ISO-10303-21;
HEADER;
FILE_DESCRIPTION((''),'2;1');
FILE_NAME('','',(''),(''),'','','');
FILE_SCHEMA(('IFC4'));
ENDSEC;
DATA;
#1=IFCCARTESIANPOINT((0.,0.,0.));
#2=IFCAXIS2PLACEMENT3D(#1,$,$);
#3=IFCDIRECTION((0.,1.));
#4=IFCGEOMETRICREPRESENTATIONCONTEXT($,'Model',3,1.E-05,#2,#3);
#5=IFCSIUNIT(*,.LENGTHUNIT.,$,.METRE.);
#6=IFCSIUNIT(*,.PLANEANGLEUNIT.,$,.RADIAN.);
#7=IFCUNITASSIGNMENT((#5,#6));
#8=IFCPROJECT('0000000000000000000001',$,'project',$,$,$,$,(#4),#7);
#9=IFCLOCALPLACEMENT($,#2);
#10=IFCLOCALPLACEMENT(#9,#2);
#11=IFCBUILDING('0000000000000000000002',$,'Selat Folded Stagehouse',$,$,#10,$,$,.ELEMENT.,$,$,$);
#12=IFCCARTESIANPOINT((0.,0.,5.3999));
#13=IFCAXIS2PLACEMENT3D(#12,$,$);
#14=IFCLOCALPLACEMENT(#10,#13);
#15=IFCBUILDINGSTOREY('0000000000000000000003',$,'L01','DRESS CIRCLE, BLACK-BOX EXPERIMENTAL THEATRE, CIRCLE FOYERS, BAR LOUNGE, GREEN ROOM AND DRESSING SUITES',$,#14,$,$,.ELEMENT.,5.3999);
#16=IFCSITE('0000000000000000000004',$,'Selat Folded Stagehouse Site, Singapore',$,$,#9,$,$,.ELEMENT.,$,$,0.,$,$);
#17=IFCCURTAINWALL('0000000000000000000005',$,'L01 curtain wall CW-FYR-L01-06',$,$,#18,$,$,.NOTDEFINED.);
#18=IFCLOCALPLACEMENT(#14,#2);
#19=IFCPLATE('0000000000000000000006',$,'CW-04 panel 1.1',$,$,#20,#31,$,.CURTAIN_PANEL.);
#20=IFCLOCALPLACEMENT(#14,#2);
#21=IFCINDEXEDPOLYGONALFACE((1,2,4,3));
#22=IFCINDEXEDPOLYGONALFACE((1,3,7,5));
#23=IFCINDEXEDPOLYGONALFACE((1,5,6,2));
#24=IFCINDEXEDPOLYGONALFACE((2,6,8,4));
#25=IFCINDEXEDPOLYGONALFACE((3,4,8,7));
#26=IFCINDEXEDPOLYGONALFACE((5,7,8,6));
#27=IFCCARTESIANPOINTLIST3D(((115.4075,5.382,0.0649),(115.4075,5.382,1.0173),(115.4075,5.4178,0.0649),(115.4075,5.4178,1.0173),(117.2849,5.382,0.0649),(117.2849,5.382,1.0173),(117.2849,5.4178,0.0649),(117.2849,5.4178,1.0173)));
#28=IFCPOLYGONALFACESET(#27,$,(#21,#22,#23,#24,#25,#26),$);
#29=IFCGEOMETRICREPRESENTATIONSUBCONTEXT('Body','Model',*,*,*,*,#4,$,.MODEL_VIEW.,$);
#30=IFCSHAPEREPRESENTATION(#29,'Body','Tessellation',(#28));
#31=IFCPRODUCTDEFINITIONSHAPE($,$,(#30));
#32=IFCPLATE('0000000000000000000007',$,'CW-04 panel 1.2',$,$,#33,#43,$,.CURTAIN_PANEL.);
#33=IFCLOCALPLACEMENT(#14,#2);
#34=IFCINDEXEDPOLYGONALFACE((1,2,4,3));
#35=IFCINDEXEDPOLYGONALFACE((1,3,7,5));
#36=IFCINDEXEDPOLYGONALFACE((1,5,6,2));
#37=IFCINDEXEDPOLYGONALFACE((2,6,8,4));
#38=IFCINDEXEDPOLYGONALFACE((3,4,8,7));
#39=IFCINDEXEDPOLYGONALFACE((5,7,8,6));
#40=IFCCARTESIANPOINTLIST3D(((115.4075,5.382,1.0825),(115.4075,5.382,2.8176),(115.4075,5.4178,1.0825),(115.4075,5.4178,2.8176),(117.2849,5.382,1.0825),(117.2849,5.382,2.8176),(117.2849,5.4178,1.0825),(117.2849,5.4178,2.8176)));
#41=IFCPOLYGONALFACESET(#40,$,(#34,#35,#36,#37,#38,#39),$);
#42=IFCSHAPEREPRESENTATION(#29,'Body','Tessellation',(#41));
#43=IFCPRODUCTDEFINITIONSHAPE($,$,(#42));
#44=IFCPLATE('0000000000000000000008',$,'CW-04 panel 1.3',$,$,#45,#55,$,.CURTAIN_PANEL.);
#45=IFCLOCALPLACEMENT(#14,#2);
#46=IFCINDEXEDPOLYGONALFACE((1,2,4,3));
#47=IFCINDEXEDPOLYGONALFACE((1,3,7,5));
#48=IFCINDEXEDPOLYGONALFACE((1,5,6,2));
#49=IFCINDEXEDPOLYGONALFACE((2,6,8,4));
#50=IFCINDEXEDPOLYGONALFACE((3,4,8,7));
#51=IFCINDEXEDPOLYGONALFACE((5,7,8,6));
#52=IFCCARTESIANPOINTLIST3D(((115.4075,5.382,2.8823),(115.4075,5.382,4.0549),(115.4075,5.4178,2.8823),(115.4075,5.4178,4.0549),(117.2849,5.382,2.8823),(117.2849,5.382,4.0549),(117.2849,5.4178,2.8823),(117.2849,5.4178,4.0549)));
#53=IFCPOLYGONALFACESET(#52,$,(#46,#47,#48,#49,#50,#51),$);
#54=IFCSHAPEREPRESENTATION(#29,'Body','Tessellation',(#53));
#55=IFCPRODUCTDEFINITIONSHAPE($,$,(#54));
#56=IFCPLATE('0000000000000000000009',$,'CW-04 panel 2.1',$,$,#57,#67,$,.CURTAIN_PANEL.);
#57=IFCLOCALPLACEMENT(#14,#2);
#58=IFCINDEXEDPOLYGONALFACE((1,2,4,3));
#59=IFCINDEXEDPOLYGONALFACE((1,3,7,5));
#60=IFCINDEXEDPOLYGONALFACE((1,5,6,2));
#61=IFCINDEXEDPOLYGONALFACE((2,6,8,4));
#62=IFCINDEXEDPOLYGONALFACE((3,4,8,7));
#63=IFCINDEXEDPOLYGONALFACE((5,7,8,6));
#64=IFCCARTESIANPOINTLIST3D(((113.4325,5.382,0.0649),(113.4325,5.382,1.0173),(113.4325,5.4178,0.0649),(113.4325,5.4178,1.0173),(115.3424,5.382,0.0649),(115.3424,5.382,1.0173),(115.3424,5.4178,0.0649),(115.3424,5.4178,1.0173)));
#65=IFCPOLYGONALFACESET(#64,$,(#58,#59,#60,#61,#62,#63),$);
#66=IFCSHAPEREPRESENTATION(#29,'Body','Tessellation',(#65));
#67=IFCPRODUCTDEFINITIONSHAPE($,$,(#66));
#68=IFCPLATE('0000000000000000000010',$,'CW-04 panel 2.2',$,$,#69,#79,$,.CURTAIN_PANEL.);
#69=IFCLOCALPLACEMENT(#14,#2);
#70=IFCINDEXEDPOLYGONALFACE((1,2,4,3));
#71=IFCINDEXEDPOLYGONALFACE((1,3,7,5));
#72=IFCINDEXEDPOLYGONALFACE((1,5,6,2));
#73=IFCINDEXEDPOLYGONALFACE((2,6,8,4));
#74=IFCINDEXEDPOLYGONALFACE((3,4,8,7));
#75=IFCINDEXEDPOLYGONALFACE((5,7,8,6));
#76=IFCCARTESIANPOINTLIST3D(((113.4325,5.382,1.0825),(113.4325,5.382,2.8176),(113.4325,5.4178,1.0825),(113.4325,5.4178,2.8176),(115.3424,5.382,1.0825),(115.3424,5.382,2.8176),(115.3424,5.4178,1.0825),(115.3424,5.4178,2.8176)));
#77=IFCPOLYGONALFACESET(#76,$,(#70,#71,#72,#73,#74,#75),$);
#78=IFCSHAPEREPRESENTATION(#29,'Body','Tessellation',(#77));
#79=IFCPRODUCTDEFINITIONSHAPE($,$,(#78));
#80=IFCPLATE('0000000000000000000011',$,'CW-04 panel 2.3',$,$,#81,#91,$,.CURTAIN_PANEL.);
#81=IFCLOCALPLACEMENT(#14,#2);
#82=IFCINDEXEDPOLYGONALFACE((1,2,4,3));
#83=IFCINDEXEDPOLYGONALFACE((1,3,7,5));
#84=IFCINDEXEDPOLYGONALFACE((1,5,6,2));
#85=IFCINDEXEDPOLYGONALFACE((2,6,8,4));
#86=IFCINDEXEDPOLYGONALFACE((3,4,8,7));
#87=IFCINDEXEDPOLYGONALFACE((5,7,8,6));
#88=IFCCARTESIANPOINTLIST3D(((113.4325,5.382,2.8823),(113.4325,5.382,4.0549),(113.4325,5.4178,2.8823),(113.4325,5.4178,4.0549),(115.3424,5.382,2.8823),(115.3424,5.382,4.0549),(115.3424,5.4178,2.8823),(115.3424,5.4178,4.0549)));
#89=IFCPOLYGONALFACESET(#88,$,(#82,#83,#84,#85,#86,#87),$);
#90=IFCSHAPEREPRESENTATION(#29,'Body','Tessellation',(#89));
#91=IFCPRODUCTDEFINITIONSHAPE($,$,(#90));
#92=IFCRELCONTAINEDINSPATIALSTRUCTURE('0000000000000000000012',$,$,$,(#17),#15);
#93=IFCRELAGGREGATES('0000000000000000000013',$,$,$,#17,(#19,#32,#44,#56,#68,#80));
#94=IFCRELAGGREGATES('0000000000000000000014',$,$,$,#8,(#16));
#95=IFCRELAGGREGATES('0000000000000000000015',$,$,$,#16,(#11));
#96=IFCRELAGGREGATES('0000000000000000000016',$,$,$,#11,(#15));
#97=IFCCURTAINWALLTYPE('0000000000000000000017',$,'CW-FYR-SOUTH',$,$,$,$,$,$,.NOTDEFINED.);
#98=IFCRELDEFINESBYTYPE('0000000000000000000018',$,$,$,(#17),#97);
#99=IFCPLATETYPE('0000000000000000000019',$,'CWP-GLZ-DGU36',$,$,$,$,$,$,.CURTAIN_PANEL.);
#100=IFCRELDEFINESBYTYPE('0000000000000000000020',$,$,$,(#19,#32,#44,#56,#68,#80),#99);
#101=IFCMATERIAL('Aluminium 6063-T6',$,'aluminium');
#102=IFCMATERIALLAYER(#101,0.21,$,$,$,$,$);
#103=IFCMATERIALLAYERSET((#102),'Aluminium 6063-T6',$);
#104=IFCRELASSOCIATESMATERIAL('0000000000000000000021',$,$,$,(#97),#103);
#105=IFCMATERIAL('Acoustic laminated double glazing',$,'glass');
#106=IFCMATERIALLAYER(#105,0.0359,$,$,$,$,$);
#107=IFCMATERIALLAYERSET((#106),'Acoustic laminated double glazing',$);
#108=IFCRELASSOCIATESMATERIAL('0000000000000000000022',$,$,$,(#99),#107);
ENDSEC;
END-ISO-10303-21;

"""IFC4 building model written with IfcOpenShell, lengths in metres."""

from ifc_helpers import new_model, si_unit, direction, frame, origin, origin_2d, place, context, subcontext, project, spatial, rectangle, extrude, material, layer, layer_set, type_object, element, aggregate, save


model = new_model("IFC4")

# Units and contexts
model_context = context("Model", 3, precision=1e-05, world=origin(), true_north=direction((0.0, 1.0)))
body_context = subcontext(model_context, "Body", "Model", "MODEL_VIEW")
ifc_project = project(units=[si_unit("LENGTHUNIT", "METRE"), si_unit("PLANEANGLEUNIT", "RADIAN")], contexts=[model_context])

# Site, building, storey
site_placement = place(None, origin())
site = spatial("IfcSite", under=ifc_project, at=site_placement, Name="Selat Folded Stagehouse Site, Singapore", CompositionType="ELEMENT", RefElevation=0.0)
building_placement = place(site_placement, origin())
building = spatial("IfcBuilding", under=site, at=building_placement, Name="Selat Folded Stagehouse", CompositionType="ELEMENT")
storey_placement = place(building_placement, frame((0.0, 0.0, 5.3999)))
storey = spatial("IfcBuildingStorey", under=building, at=storey_placement, Name="L01", Description="DRESS CIRCLE, BLACK-BOX EXPERIMENTAL THEATRE, CIRCLE FOYERS, BAR LOUNGE, GREEN ROOM AND DRESSING SUITES", CompositionType="ELEMENT", Elevation=5.3999)

# Curtain wall
ifc_material_1 = material(Name="Aluminium 6063-T6", Category="aluminium")
ifc_layer_1 = layer(ifc_material_1, 0.21)
ifc_layer_set_1 = layer_set([ifc_layer_1], Name="Aluminium 6063-T6")
curtain_wall_type = type_object("IfcCurtainWallType", Name="CW-FYR-SOUTH", PredefinedType="NOTDEFINED", material=ifc_layer_set_1)
curtain_wall_placement = place(storey_placement, origin())
curtain_wall = element("IfcCurtainWall", 1, at=curtain_wall_placement, inside=storey, type_object=curtain_wall_type, Name="L01 curtain wall CW-FYR-L01-06", PredefinedType="NOTDEFINED")

# Plates
ifc_material_2 = material(Name="Acoustic laminated double glazing", Category="glass")
ifc_layer_2 = layer(ifc_material_2, 0.0359)
ifc_layer_set_2 = layer_set([ifc_layer_2], Name="Acoustic laminated double glazing")
plate_type = type_object("IfcPlateType", Name="CWP-GLZ-DGU36", PredefinedType="CURTAIN_PANEL", material=ifc_layer_set_2)
plate_1_placement = place(storey_placement, frame((116.3462, 5.3999, 0.0649), z_axis=(0.0, 0.0, 1.0), x_axis=(-1.0, 0.0, 0.0)))
plate_1 = element("IfcPlate", 2, at=plate_1_placement, type_object=plate_type, Name="CW-04 panel 1.1", PredefinedType="CURTAIN_PANEL", context=body_context, shape_type="SweptSolid", body=[
    extrude(rectangle(XDim=1.8774, YDim=0.0359, at=origin_2d()), origin(), (0.0, 0.0, 1.0), 0.9524),
])
plate_2_placement = place(storey_placement, frame((116.3462, 5.3999, 1.0825), z_axis=(0.0, 0.0, 1.0), x_axis=(-1.0, 0.0, 0.0)))
plate_2 = element("IfcPlate", 3, at=plate_2_placement, type_object=plate_type, Name="CW-04 panel 1.2", PredefinedType="CURTAIN_PANEL", context=body_context, shape_type="SweptSolid", body=[
    extrude(rectangle(XDim=1.8774, YDim=0.0359, at=origin_2d()), origin(), (0.0, 0.0, 1.0), 1.7351),
])
plate_3_placement = place(storey_placement, frame((116.3462, 5.3999, 2.8823), z_axis=(0.0, 0.0, 1.0), x_axis=(-1.0, 0.0, 0.0)))
plate_3 = element("IfcPlate", 4, at=plate_3_placement, type_object=plate_type, Name="CW-04 panel 1.3", PredefinedType="CURTAIN_PANEL", context=body_context, shape_type="SweptSolid", body=[
    extrude(rectangle(XDim=1.8774, YDim=0.0359, at=origin_2d()), origin(), (0.0, 0.0, 1.0), 1.1726),
])
plate_4_placement = place(storey_placement, frame((114.3875, 5.3999, 0.0649), z_axis=(0.0, 0.0, 1.0), x_axis=(-1.0, 0.0, 0.0)))
plate_4 = element("IfcPlate", 5, at=plate_4_placement, type_object=plate_type, Name="CW-04 panel 2.1", PredefinedType="CURTAIN_PANEL", context=body_context, shape_type="SweptSolid", body=[
    extrude(rectangle(XDim=1.9099, YDim=0.0359, at=origin_2d()), origin(), (0.0, 0.0, 1.0), 0.9524),
])
plate_5_placement = place(storey_placement, frame((114.3875, 5.3999, 1.0825), z_axis=(0.0, 0.0, 1.0), x_axis=(-1.0, 0.0, 0.0)))
plate_5 = element("IfcPlate", 6, at=plate_5_placement, type_object=plate_type, Name="CW-04 panel 2.2", PredefinedType="CURTAIN_PANEL", context=body_context, shape_type="SweptSolid", body=[
    extrude(rectangle(XDim=1.9099, YDim=0.0359, at=origin_2d()), origin(), (0.0, 0.0, 1.0), 1.7351),
])
plate_6_placement = place(storey_placement, frame((114.3875, 5.3999, 2.8823), z_axis=(0.0, 0.0, 1.0), x_axis=(-1.0, 0.0, 0.0)))
plate_6 = element("IfcPlate", 7, at=plate_6_placement, type_object=plate_type, Name="CW-04 panel 2.3", PredefinedType="CURTAIN_PANEL", context=body_context, shape_type="SweptSolid", body=[
    extrude(rectangle(XDim=1.9099, YDim=0.0359, at=origin_2d()), origin(), (0.0, 0.0, 1.0), 1.1726),
])
aggregate(curtain_wall, [plate_1, plate_2, plate_3, plate_4, plate_5, plate_6])

save(model, "model.ifc")
